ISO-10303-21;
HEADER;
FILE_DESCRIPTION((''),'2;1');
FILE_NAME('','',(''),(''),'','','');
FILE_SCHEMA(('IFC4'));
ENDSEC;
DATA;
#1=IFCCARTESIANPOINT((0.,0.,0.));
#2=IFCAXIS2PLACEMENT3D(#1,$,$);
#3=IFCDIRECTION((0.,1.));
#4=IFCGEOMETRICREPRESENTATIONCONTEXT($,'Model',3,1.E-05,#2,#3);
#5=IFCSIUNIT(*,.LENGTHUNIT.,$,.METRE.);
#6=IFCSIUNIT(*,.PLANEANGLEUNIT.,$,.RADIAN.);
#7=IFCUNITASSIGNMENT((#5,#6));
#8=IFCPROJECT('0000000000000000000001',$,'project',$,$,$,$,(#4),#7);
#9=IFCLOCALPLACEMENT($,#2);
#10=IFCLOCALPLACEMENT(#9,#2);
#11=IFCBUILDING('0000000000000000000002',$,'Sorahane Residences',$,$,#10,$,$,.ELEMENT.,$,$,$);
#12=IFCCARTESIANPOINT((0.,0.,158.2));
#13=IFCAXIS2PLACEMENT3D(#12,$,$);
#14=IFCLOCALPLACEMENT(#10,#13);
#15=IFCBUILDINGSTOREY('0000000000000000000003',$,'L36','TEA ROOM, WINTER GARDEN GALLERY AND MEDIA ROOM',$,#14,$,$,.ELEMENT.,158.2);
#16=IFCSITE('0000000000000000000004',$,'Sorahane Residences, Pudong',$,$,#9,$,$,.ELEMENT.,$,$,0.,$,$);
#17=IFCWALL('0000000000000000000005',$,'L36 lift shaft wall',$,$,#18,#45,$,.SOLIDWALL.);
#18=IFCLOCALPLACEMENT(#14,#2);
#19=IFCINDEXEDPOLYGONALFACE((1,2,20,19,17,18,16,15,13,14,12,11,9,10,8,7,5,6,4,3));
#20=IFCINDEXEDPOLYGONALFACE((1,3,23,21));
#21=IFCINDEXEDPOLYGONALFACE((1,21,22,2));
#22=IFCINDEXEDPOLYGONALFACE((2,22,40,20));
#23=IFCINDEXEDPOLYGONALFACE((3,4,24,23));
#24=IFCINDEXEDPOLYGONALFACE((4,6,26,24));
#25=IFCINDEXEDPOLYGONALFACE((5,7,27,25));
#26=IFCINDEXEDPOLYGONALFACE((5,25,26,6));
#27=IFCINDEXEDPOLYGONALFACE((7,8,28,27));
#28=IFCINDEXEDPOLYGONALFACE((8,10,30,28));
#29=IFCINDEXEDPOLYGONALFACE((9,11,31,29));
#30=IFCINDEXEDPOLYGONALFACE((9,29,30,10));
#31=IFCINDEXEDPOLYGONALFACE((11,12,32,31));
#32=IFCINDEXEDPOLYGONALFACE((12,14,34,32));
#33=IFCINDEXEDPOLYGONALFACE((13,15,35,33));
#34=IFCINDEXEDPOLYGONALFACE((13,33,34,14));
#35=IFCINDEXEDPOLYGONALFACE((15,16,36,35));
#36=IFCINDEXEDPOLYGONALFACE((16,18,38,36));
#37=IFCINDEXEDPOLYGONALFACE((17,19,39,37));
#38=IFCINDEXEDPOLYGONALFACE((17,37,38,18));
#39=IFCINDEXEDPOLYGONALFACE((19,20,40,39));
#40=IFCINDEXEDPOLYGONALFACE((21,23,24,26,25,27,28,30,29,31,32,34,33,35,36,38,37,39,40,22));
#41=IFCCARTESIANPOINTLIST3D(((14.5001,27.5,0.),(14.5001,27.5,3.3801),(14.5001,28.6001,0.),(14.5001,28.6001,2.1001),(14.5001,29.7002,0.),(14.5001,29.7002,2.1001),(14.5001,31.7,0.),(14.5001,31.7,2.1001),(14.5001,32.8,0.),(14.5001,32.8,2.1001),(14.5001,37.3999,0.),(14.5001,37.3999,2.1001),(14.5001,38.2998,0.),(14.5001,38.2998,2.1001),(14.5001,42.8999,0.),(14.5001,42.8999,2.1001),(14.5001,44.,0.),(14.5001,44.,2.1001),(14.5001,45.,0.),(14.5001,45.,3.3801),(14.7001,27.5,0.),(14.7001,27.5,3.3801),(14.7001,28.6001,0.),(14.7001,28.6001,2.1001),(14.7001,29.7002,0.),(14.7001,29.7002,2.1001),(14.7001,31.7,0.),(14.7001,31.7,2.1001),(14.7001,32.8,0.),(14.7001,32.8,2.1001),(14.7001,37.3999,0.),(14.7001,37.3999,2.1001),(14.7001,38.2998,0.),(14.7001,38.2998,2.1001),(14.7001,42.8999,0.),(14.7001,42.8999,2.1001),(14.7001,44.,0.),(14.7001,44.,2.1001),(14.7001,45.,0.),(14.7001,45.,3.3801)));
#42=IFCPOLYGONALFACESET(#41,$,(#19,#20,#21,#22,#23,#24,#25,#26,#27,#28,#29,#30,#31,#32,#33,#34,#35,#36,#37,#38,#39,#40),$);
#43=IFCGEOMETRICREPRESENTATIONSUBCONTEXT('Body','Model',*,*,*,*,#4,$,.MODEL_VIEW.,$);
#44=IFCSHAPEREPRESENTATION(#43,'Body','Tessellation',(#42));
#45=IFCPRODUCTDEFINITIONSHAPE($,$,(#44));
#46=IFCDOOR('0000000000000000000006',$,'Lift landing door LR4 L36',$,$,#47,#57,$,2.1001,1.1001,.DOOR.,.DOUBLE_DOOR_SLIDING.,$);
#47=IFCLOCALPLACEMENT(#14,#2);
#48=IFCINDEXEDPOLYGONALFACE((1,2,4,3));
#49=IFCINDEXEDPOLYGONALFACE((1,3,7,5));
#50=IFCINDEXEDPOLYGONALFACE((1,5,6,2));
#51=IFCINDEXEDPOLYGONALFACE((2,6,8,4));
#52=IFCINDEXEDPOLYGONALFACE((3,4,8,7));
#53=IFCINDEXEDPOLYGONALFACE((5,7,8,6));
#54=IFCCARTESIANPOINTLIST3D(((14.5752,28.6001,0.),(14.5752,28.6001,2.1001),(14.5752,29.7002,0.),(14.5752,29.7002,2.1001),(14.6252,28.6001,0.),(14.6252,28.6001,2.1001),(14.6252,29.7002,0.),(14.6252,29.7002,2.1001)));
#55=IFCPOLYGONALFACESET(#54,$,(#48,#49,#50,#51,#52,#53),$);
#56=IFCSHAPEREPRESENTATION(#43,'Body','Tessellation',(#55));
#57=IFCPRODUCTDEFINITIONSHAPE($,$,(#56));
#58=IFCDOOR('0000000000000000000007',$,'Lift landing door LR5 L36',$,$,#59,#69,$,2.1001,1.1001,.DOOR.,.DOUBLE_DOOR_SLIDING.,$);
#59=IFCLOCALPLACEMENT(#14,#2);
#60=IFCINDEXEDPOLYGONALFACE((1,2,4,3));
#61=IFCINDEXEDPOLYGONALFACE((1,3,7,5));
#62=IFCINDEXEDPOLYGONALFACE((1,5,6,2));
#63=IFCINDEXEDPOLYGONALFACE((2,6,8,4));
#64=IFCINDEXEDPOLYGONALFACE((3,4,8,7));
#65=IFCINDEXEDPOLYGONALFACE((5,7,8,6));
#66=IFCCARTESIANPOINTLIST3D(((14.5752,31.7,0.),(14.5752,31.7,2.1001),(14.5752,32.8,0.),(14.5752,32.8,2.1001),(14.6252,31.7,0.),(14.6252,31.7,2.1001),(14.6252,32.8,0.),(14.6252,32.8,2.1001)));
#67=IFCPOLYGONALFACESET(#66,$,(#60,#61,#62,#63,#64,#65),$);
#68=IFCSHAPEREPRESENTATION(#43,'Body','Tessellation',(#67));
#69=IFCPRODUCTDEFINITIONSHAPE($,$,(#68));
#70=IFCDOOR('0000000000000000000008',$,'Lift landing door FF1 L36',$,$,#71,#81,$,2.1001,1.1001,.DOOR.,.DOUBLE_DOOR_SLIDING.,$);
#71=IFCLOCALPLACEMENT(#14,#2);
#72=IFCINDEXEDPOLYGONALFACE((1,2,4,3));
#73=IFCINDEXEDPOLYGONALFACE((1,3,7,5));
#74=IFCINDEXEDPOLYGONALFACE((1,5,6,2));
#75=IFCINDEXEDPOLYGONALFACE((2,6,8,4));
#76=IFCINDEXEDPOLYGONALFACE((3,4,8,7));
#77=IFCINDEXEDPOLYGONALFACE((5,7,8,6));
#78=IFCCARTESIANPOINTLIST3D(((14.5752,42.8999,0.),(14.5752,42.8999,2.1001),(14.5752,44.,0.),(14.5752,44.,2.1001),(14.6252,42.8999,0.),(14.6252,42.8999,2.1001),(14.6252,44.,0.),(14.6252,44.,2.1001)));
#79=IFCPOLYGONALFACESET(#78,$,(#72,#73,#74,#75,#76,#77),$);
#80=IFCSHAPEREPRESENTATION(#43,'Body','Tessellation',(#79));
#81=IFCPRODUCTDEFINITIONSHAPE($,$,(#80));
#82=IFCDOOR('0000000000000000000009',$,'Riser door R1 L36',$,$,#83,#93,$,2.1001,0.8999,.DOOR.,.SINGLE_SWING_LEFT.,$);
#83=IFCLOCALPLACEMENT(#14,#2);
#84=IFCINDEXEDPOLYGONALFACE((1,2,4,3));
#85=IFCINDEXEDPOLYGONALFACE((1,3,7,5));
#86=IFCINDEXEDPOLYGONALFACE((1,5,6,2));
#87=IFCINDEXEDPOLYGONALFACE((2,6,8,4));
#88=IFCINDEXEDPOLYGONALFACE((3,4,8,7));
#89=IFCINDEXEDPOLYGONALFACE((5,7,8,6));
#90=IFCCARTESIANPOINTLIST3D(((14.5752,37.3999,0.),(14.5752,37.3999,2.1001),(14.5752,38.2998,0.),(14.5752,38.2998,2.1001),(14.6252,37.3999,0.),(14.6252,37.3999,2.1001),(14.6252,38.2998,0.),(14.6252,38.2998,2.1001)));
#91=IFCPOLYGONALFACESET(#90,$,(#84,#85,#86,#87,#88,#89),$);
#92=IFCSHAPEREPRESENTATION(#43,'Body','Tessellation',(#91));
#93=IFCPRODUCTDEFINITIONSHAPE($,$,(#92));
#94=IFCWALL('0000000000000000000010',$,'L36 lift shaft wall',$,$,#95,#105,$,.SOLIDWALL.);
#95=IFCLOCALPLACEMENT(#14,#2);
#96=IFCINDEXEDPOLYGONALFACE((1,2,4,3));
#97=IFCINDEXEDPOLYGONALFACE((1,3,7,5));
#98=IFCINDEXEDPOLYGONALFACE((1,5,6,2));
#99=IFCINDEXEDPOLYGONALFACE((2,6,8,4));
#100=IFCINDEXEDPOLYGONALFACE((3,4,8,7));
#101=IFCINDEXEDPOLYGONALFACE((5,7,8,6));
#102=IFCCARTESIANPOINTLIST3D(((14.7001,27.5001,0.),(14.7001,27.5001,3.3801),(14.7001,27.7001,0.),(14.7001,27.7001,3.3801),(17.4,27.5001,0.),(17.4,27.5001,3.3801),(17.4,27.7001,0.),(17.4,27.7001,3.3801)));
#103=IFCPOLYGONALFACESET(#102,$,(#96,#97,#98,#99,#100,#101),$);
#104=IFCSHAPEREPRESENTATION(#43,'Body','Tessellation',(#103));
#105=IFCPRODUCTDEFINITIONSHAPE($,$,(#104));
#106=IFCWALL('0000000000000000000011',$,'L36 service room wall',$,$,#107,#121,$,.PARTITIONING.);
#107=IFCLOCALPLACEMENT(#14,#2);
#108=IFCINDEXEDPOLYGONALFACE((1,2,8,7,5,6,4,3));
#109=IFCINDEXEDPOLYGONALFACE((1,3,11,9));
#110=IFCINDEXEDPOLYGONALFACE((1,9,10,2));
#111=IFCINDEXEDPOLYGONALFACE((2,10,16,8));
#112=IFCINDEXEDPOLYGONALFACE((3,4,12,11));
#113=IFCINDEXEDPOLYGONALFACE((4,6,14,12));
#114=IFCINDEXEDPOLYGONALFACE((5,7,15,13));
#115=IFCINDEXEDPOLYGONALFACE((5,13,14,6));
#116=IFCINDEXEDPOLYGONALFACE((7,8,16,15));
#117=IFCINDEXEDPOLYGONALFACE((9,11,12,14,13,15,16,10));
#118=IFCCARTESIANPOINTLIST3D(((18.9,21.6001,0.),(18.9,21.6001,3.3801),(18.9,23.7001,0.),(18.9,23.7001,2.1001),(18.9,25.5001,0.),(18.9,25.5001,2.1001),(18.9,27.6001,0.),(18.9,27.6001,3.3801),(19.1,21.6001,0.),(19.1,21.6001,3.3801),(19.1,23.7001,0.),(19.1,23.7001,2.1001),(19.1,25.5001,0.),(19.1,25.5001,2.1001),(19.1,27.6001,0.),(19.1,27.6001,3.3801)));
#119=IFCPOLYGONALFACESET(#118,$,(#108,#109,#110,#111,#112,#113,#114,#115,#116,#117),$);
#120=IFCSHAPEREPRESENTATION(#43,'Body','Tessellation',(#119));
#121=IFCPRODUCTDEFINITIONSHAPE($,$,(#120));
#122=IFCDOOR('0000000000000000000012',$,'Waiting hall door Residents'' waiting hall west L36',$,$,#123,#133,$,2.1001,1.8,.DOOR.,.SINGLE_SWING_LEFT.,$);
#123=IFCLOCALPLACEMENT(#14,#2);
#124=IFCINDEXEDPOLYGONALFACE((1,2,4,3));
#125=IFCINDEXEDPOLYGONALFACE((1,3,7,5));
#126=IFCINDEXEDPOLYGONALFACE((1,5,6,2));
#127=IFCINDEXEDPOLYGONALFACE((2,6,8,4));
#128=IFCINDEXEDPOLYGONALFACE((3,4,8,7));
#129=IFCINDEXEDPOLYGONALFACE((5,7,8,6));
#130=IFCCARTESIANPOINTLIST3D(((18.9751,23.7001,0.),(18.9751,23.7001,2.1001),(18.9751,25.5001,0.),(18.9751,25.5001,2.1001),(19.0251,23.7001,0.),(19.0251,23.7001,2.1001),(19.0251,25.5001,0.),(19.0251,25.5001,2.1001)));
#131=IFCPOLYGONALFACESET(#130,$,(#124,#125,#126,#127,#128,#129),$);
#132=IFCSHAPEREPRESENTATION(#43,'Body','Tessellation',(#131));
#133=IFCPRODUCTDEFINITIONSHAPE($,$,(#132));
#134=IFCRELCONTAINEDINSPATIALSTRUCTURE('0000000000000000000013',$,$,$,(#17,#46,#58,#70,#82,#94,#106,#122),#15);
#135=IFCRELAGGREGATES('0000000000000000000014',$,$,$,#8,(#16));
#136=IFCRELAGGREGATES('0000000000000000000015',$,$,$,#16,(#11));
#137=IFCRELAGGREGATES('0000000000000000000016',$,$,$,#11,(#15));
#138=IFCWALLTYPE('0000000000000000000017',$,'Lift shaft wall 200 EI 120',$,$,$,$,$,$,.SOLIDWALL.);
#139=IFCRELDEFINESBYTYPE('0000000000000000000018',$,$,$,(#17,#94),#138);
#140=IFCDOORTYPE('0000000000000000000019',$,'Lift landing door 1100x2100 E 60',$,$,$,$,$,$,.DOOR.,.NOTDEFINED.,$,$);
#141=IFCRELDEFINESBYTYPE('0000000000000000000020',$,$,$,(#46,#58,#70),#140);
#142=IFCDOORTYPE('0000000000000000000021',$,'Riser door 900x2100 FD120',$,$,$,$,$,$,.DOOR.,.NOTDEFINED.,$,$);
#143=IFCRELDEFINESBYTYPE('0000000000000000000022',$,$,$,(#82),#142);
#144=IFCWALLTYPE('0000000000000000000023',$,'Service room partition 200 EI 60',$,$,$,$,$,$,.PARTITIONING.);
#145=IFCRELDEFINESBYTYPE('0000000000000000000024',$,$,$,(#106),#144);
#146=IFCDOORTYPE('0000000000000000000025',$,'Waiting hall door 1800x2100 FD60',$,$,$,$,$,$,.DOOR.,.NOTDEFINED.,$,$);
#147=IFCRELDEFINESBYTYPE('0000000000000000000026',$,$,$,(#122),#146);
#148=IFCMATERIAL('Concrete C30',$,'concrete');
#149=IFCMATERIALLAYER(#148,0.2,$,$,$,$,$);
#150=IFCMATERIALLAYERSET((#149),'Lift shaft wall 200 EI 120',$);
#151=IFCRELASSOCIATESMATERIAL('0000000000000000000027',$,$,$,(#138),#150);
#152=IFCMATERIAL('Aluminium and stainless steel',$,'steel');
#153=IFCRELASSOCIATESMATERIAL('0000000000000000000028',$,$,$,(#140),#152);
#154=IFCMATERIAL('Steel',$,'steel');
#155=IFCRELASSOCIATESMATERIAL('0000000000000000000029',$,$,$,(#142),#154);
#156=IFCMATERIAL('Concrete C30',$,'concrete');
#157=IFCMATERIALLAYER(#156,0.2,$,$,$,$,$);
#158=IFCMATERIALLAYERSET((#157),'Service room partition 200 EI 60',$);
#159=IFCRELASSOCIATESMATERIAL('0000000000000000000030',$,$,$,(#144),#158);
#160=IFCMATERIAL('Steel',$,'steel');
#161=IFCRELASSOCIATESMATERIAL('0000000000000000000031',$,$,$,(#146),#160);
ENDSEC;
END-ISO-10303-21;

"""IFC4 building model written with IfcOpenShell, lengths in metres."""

from ifc_helpers import new_model, si_unit, direction, frame, frame_2d, origin, place, context, subcontext, project, spatial, rectangle, extrude, material, layer, layer_set, type_object, element, fill, save


model = new_model("IFC4")

# Units and contexts
model_context = context("Model", 3, precision=1e-05, world=origin(), true_north=direction((0.0, 1.0)))
body_context = subcontext(model_context, "Body", "Model", "MODEL_VIEW")
ifc_project = project(units=[si_unit("LENGTHUNIT", "METRE"), si_unit("PLANEANGLEUNIT", "RADIAN")], contexts=[model_context])

# Site, building, storey
site_placement = place(None, origin())
site = spatial("IfcSite", under=ifc_project, at=site_placement, Name="Sorahane Residences, Pudong", CompositionType="ELEMENT", RefElevation=0.0)
building_placement = place(site_placement, origin())
building = spatial("IfcBuilding", under=site, at=building_placement, Name="Sorahane Residences", CompositionType="ELEMENT")
storey_placement = place(building_placement, frame((0.0, 0.0, 158.2)))
storey = spatial("IfcBuildingStorey", under=building, at=storey_placement, Name="L36", Description="TEA ROOM, WINTER GARDEN GALLERY AND MEDIA ROOM", CompositionType="ELEMENT", Elevation=158.2)

# Wall, openings, doors
ifc_material_1 = material(Name="Concrete C30", Category="concrete")
ifc_layer_1 = layer(ifc_material_1, 0.2)
ifc_layer_set_1 = layer_set([ifc_layer_1], Name="Lift shaft wall 200 EI 120")
wall_type_1 = type_object("IfcWallType", Name="Lift shaft wall 200 EI 120", PredefinedType="SOLIDWALL", material=ifc_layer_set_1)
wall_1_placement = place(storey_placement, frame((14.6001, 27.5, 0.0), z_axis=(0.0, 0.0, 1.0), x_axis=(0.0, 1.0, 0.0)))
wall_1 = element("IfcWall", 1, at=wall_1_placement, inside=storey, type_object=wall_type_1, Name="L36 lift shaft wall", PredefinedType="SOLIDWALL", context=body_context, shape_type="SweptSolid", body=[
    extrude(rectangle(XDim=17.5, YDim=0.2, at=frame_2d((8.75, 0.0))), origin(), (0.0, 0.0, 1.0), 3.3801),
])
opening_1_placement = place(wall_1_placement, frame((1.1001, 0.0, 0.0)))
opening_1 = element("IfcOpeningElement", 2, at=opening_1_placement, cuts=wall_1, PredefinedType="OPENING", context=body_context, shape_type="SweptSolid", body=[
    extrude(rectangle(XDim=1.1001, YDim=2.1001, at=frame_2d((0.55, 1.05))), frame((0.0, 0.1099, 0.0), z_axis=(0.0, -1.0, 0.0), x_axis=(1.0, 0.0, 0.0)), (0.0, 0.0, 1.0), 0.22),
])
opening_2_placement = place(wall_1_placement, frame((4.2, 0.0, 0.0)))
opening_2 = element("IfcOpeningElement", 3, at=opening_2_placement, cuts=wall_1, PredefinedType="OPENING", context=body_context, shape_type="SweptSolid", body=[
    extrude(rectangle(XDim=1.1001, YDim=2.1001, at=frame_2d((0.55, 1.05))), frame((0.0, 0.1099, 0.0), z_axis=(0.0, -1.0, 0.0), x_axis=(1.0, 0.0, 0.0)), (0.0, 0.0, 1.0), 0.22),
])
opening_3_placement = place(wall_1_placement, frame((15.3999, 0.0, 0.0)))
opening_3 = element("IfcOpeningElement", 4, at=opening_3_placement, cuts=wall_1, PredefinedType="OPENING", context=body_context, shape_type="SweptSolid", body=[
    extrude(rectangle(XDim=1.1001, YDim=2.1001, at=frame_2d((0.55, 1.05))), frame((0.0, 0.1099, 0.0), z_axis=(0.0, -1.0, 0.0), x_axis=(1.0, 0.0, 0.0)), (0.0, 0.0, 1.0), 0.22),
])
opening_4_placement = place(wall_1_placement, frame((9.8999, 0.0, 0.0)))
opening_4 = element("IfcOpeningElement", 5, at=opening_4_placement, cuts=wall_1, PredefinedType="OPENING", context=body_context, shape_type="SweptSolid", body=[
    extrude(rectangle(XDim=0.8999, YDim=2.1001, at=frame_2d((0.45, 1.05))), frame((0.0, 0.1099, 0.0), z_axis=(0.0, -1.0, 0.0), x_axis=(1.0, 0.0, 0.0)), (0.0, 0.0, 1.0), 0.22),
])
ifc_material_2 = material(Name="Aluminium and stainless steel", Category="steel")
door_type_1 = type_object("IfcDoorType", Name="Lift landing door 1100x2100 E 60", OperationType="NOTDEFINED", PredefinedType="DOOR", material=ifc_material_2)
door_1_placement = place(opening_1_placement, origin())
door_1 = element("IfcDoor", 6, at=door_1_placement, inside=storey, type_object=door_type_1, Name="Lift landing door LR4 L36", OperationType="DOUBLE_DOOR_SLIDING", OverallHeight=2.1001, OverallWidth=1.1001, PredefinedType="DOOR", context=body_context, shape_type="SweptSolid", body=[
    extrude(rectangle(XDim=1.1001, YDim=2.1001, at=frame_2d((0.55, 1.05))), frame((0.0, 0.0249, 0.0), z_axis=(0.0, -1.0, 0.0), x_axis=(1.0, 0.0, 0.0)), (0.0, 0.0, 1.0), 0.05),
])
fill(opening_1, door_1)
door_2_placement = place(opening_2_placement, origin())
door_2 = element("IfcDoor", 7, at=door_2_placement, inside=storey, type_object=door_type_1, Name="Lift landing door LR5 L36", OperationType="DOUBLE_DOOR_SLIDING", OverallHeight=2.1001, OverallWidth=1.1001, PredefinedType="DOOR", context=body_context, shape_type="SweptSolid", body=[
    extrude(rectangle(XDim=1.1001, YDim=2.1001, at=frame_2d((0.55, 1.05))), frame((0.0, 0.0249, 0.0), z_axis=(0.0, -1.0, 0.0), x_axis=(1.0, 0.0, 0.0)), (0.0, 0.0, 1.0), 0.05),
])
fill(opening_2, door_2)
door_3_placement = place(opening_3_placement, origin())
door_3 = element("IfcDoor", 8, at=door_3_placement, inside=storey, type_object=door_type_1, Name="Lift landing door FF1 L36", OperationType="DOUBLE_DOOR_SLIDING", OverallHeight=2.1001, OverallWidth=1.1001, PredefinedType="DOOR", context=body_context, shape_type="SweptSolid", body=[
    extrude(rectangle(XDim=1.1001, YDim=2.1001, at=frame_2d((0.55, 1.05))), frame((0.0, 0.0249, 0.0), z_axis=(0.0, -1.0, 0.0), x_axis=(1.0, 0.0, 0.0)), (0.0, 0.0, 1.0), 0.05),
])
fill(opening_3, door_3)
ifc_material_3 = material(Name="Steel", Category="steel")
door_type_2 = type_object("IfcDoorType", Name="Riser door 900x2100 FD120", OperationType="NOTDEFINED", PredefinedType="DOOR", material=ifc_material_3)
door_4_placement = place(opening_4_placement, origin())
door_4 = element("IfcDoor", 9, at=door_4_placement, inside=storey, type_object=door_type_2, Name="Riser door R1 L36", OperationType="SINGLE_SWING_LEFT", OverallHeight=2.1001, OverallWidth=0.8999, PredefinedType="DOOR", context=body_context, shape_type="SweptSolid", body=[
    extrude(rectangle(XDim=0.8999, YDim=2.1001, at=frame_2d((0.45, 1.05))), frame((0.0, 0.0249, 0.0), z_axis=(0.0, -1.0, 0.0), x_axis=(1.0, 0.0, 0.0)), (0.0, 0.0, 1.0), 0.05),
])
fill(opening_4, door_4)

# Wall
wall_2_placement = place(storey_placement, frame((14.7, 27.6001, 0.0), z_axis=(0.0, 0.0, 1.0), x_axis=(1.0, 0.0, 0.0)))
element("IfcWall", 10, at=wall_2_placement, inside=storey, type_object=wall_type_1, Name="L36 lift shaft wall", PredefinedType="SOLIDWALL", context=body_context, shape_type="SweptSolid", body=[
    extrude(rectangle(XDim=2.7, YDim=0.2, at=frame_2d((1.3501, 0.0))), origin(), (0.0, 0.0, 1.0), 3.3801),
])

# Wall, opening, door
ifc_material_4 = material(Name="Concrete C30", Category="concrete")
ifc_layer_2 = layer(ifc_material_4, 0.2)
ifc_layer_set_2 = layer_set([ifc_layer_2], Name="Service room partition 200 EI 60")
wall_type_2 = type_object("IfcWallType", Name="Service room partition 200 EI 60", PredefinedType="PARTITIONING", material=ifc_layer_set_2)
wall_3_placement = place(storey_placement, frame((19.0, 21.6001, 0.0), z_axis=(0.0, 0.0, 1.0), x_axis=(0.0, 1.0, 0.0)))
wall_3 = element("IfcWall", 11, at=wall_3_placement, inside=storey, type_object=wall_type_2, Name="L36 service room wall", PredefinedType="PARTITIONING", context=body_context, shape_type="SweptSolid", body=[
    extrude(rectangle(XDim=6.0, YDim=0.2, at=frame_2d((3.0, 0.0))), origin(), (0.0, 0.0, 1.0), 3.3801),
])
opening_5_placement = place(wall_3_placement, frame((2.1001, 0.0, 0.0)))
opening_5 = element("IfcOpeningElement", 12, at=opening_5_placement, cuts=wall_3, PredefinedType="OPENING", context=body_context, shape_type="SweptSolid", body=[
    extrude(rectangle(XDim=1.8, YDim=2.1001, at=frame_2d((0.8999, 1.05))), frame((0.0, 0.1099, 0.0), z_axis=(0.0, -1.0, 0.0), x_axis=(1.0, 0.0, 0.0)), (0.0, 0.0, 1.0), 0.22),
])
ifc_material_5 = material(Name="Steel", Category="steel")
door_type_3 = type_object("IfcDoorType", Name="Waiting hall door 1800x2100 FD60", OperationType="NOTDEFINED", PredefinedType="DOOR", material=ifc_material_5)
door_5_placement = place(opening_5_placement, origin())
door_5 = element("IfcDoor", 13, at=door_5_placement, inside=storey, type_object=door_type_3, Name="Waiting hall door Residents' waiting hall west L36", OperationType="SINGLE_SWING_LEFT", OverallHeight=2.1001, OverallWidth=1.8, PredefinedType="DOOR", context=body_context, shape_type="SweptSolid", body=[
    extrude(rectangle(XDim=1.8, YDim=2.1001, at=frame_2d((0.8999, 1.05))), frame((0.0, 0.0249, 0.0), z_axis=(0.0, -1.0, 0.0), x_axis=(1.0, 0.0, 0.0)), (0.0, 0.0, 1.0), 0.05),
])
fill(opening_5, door_5)

save(model, "model.ifc")
